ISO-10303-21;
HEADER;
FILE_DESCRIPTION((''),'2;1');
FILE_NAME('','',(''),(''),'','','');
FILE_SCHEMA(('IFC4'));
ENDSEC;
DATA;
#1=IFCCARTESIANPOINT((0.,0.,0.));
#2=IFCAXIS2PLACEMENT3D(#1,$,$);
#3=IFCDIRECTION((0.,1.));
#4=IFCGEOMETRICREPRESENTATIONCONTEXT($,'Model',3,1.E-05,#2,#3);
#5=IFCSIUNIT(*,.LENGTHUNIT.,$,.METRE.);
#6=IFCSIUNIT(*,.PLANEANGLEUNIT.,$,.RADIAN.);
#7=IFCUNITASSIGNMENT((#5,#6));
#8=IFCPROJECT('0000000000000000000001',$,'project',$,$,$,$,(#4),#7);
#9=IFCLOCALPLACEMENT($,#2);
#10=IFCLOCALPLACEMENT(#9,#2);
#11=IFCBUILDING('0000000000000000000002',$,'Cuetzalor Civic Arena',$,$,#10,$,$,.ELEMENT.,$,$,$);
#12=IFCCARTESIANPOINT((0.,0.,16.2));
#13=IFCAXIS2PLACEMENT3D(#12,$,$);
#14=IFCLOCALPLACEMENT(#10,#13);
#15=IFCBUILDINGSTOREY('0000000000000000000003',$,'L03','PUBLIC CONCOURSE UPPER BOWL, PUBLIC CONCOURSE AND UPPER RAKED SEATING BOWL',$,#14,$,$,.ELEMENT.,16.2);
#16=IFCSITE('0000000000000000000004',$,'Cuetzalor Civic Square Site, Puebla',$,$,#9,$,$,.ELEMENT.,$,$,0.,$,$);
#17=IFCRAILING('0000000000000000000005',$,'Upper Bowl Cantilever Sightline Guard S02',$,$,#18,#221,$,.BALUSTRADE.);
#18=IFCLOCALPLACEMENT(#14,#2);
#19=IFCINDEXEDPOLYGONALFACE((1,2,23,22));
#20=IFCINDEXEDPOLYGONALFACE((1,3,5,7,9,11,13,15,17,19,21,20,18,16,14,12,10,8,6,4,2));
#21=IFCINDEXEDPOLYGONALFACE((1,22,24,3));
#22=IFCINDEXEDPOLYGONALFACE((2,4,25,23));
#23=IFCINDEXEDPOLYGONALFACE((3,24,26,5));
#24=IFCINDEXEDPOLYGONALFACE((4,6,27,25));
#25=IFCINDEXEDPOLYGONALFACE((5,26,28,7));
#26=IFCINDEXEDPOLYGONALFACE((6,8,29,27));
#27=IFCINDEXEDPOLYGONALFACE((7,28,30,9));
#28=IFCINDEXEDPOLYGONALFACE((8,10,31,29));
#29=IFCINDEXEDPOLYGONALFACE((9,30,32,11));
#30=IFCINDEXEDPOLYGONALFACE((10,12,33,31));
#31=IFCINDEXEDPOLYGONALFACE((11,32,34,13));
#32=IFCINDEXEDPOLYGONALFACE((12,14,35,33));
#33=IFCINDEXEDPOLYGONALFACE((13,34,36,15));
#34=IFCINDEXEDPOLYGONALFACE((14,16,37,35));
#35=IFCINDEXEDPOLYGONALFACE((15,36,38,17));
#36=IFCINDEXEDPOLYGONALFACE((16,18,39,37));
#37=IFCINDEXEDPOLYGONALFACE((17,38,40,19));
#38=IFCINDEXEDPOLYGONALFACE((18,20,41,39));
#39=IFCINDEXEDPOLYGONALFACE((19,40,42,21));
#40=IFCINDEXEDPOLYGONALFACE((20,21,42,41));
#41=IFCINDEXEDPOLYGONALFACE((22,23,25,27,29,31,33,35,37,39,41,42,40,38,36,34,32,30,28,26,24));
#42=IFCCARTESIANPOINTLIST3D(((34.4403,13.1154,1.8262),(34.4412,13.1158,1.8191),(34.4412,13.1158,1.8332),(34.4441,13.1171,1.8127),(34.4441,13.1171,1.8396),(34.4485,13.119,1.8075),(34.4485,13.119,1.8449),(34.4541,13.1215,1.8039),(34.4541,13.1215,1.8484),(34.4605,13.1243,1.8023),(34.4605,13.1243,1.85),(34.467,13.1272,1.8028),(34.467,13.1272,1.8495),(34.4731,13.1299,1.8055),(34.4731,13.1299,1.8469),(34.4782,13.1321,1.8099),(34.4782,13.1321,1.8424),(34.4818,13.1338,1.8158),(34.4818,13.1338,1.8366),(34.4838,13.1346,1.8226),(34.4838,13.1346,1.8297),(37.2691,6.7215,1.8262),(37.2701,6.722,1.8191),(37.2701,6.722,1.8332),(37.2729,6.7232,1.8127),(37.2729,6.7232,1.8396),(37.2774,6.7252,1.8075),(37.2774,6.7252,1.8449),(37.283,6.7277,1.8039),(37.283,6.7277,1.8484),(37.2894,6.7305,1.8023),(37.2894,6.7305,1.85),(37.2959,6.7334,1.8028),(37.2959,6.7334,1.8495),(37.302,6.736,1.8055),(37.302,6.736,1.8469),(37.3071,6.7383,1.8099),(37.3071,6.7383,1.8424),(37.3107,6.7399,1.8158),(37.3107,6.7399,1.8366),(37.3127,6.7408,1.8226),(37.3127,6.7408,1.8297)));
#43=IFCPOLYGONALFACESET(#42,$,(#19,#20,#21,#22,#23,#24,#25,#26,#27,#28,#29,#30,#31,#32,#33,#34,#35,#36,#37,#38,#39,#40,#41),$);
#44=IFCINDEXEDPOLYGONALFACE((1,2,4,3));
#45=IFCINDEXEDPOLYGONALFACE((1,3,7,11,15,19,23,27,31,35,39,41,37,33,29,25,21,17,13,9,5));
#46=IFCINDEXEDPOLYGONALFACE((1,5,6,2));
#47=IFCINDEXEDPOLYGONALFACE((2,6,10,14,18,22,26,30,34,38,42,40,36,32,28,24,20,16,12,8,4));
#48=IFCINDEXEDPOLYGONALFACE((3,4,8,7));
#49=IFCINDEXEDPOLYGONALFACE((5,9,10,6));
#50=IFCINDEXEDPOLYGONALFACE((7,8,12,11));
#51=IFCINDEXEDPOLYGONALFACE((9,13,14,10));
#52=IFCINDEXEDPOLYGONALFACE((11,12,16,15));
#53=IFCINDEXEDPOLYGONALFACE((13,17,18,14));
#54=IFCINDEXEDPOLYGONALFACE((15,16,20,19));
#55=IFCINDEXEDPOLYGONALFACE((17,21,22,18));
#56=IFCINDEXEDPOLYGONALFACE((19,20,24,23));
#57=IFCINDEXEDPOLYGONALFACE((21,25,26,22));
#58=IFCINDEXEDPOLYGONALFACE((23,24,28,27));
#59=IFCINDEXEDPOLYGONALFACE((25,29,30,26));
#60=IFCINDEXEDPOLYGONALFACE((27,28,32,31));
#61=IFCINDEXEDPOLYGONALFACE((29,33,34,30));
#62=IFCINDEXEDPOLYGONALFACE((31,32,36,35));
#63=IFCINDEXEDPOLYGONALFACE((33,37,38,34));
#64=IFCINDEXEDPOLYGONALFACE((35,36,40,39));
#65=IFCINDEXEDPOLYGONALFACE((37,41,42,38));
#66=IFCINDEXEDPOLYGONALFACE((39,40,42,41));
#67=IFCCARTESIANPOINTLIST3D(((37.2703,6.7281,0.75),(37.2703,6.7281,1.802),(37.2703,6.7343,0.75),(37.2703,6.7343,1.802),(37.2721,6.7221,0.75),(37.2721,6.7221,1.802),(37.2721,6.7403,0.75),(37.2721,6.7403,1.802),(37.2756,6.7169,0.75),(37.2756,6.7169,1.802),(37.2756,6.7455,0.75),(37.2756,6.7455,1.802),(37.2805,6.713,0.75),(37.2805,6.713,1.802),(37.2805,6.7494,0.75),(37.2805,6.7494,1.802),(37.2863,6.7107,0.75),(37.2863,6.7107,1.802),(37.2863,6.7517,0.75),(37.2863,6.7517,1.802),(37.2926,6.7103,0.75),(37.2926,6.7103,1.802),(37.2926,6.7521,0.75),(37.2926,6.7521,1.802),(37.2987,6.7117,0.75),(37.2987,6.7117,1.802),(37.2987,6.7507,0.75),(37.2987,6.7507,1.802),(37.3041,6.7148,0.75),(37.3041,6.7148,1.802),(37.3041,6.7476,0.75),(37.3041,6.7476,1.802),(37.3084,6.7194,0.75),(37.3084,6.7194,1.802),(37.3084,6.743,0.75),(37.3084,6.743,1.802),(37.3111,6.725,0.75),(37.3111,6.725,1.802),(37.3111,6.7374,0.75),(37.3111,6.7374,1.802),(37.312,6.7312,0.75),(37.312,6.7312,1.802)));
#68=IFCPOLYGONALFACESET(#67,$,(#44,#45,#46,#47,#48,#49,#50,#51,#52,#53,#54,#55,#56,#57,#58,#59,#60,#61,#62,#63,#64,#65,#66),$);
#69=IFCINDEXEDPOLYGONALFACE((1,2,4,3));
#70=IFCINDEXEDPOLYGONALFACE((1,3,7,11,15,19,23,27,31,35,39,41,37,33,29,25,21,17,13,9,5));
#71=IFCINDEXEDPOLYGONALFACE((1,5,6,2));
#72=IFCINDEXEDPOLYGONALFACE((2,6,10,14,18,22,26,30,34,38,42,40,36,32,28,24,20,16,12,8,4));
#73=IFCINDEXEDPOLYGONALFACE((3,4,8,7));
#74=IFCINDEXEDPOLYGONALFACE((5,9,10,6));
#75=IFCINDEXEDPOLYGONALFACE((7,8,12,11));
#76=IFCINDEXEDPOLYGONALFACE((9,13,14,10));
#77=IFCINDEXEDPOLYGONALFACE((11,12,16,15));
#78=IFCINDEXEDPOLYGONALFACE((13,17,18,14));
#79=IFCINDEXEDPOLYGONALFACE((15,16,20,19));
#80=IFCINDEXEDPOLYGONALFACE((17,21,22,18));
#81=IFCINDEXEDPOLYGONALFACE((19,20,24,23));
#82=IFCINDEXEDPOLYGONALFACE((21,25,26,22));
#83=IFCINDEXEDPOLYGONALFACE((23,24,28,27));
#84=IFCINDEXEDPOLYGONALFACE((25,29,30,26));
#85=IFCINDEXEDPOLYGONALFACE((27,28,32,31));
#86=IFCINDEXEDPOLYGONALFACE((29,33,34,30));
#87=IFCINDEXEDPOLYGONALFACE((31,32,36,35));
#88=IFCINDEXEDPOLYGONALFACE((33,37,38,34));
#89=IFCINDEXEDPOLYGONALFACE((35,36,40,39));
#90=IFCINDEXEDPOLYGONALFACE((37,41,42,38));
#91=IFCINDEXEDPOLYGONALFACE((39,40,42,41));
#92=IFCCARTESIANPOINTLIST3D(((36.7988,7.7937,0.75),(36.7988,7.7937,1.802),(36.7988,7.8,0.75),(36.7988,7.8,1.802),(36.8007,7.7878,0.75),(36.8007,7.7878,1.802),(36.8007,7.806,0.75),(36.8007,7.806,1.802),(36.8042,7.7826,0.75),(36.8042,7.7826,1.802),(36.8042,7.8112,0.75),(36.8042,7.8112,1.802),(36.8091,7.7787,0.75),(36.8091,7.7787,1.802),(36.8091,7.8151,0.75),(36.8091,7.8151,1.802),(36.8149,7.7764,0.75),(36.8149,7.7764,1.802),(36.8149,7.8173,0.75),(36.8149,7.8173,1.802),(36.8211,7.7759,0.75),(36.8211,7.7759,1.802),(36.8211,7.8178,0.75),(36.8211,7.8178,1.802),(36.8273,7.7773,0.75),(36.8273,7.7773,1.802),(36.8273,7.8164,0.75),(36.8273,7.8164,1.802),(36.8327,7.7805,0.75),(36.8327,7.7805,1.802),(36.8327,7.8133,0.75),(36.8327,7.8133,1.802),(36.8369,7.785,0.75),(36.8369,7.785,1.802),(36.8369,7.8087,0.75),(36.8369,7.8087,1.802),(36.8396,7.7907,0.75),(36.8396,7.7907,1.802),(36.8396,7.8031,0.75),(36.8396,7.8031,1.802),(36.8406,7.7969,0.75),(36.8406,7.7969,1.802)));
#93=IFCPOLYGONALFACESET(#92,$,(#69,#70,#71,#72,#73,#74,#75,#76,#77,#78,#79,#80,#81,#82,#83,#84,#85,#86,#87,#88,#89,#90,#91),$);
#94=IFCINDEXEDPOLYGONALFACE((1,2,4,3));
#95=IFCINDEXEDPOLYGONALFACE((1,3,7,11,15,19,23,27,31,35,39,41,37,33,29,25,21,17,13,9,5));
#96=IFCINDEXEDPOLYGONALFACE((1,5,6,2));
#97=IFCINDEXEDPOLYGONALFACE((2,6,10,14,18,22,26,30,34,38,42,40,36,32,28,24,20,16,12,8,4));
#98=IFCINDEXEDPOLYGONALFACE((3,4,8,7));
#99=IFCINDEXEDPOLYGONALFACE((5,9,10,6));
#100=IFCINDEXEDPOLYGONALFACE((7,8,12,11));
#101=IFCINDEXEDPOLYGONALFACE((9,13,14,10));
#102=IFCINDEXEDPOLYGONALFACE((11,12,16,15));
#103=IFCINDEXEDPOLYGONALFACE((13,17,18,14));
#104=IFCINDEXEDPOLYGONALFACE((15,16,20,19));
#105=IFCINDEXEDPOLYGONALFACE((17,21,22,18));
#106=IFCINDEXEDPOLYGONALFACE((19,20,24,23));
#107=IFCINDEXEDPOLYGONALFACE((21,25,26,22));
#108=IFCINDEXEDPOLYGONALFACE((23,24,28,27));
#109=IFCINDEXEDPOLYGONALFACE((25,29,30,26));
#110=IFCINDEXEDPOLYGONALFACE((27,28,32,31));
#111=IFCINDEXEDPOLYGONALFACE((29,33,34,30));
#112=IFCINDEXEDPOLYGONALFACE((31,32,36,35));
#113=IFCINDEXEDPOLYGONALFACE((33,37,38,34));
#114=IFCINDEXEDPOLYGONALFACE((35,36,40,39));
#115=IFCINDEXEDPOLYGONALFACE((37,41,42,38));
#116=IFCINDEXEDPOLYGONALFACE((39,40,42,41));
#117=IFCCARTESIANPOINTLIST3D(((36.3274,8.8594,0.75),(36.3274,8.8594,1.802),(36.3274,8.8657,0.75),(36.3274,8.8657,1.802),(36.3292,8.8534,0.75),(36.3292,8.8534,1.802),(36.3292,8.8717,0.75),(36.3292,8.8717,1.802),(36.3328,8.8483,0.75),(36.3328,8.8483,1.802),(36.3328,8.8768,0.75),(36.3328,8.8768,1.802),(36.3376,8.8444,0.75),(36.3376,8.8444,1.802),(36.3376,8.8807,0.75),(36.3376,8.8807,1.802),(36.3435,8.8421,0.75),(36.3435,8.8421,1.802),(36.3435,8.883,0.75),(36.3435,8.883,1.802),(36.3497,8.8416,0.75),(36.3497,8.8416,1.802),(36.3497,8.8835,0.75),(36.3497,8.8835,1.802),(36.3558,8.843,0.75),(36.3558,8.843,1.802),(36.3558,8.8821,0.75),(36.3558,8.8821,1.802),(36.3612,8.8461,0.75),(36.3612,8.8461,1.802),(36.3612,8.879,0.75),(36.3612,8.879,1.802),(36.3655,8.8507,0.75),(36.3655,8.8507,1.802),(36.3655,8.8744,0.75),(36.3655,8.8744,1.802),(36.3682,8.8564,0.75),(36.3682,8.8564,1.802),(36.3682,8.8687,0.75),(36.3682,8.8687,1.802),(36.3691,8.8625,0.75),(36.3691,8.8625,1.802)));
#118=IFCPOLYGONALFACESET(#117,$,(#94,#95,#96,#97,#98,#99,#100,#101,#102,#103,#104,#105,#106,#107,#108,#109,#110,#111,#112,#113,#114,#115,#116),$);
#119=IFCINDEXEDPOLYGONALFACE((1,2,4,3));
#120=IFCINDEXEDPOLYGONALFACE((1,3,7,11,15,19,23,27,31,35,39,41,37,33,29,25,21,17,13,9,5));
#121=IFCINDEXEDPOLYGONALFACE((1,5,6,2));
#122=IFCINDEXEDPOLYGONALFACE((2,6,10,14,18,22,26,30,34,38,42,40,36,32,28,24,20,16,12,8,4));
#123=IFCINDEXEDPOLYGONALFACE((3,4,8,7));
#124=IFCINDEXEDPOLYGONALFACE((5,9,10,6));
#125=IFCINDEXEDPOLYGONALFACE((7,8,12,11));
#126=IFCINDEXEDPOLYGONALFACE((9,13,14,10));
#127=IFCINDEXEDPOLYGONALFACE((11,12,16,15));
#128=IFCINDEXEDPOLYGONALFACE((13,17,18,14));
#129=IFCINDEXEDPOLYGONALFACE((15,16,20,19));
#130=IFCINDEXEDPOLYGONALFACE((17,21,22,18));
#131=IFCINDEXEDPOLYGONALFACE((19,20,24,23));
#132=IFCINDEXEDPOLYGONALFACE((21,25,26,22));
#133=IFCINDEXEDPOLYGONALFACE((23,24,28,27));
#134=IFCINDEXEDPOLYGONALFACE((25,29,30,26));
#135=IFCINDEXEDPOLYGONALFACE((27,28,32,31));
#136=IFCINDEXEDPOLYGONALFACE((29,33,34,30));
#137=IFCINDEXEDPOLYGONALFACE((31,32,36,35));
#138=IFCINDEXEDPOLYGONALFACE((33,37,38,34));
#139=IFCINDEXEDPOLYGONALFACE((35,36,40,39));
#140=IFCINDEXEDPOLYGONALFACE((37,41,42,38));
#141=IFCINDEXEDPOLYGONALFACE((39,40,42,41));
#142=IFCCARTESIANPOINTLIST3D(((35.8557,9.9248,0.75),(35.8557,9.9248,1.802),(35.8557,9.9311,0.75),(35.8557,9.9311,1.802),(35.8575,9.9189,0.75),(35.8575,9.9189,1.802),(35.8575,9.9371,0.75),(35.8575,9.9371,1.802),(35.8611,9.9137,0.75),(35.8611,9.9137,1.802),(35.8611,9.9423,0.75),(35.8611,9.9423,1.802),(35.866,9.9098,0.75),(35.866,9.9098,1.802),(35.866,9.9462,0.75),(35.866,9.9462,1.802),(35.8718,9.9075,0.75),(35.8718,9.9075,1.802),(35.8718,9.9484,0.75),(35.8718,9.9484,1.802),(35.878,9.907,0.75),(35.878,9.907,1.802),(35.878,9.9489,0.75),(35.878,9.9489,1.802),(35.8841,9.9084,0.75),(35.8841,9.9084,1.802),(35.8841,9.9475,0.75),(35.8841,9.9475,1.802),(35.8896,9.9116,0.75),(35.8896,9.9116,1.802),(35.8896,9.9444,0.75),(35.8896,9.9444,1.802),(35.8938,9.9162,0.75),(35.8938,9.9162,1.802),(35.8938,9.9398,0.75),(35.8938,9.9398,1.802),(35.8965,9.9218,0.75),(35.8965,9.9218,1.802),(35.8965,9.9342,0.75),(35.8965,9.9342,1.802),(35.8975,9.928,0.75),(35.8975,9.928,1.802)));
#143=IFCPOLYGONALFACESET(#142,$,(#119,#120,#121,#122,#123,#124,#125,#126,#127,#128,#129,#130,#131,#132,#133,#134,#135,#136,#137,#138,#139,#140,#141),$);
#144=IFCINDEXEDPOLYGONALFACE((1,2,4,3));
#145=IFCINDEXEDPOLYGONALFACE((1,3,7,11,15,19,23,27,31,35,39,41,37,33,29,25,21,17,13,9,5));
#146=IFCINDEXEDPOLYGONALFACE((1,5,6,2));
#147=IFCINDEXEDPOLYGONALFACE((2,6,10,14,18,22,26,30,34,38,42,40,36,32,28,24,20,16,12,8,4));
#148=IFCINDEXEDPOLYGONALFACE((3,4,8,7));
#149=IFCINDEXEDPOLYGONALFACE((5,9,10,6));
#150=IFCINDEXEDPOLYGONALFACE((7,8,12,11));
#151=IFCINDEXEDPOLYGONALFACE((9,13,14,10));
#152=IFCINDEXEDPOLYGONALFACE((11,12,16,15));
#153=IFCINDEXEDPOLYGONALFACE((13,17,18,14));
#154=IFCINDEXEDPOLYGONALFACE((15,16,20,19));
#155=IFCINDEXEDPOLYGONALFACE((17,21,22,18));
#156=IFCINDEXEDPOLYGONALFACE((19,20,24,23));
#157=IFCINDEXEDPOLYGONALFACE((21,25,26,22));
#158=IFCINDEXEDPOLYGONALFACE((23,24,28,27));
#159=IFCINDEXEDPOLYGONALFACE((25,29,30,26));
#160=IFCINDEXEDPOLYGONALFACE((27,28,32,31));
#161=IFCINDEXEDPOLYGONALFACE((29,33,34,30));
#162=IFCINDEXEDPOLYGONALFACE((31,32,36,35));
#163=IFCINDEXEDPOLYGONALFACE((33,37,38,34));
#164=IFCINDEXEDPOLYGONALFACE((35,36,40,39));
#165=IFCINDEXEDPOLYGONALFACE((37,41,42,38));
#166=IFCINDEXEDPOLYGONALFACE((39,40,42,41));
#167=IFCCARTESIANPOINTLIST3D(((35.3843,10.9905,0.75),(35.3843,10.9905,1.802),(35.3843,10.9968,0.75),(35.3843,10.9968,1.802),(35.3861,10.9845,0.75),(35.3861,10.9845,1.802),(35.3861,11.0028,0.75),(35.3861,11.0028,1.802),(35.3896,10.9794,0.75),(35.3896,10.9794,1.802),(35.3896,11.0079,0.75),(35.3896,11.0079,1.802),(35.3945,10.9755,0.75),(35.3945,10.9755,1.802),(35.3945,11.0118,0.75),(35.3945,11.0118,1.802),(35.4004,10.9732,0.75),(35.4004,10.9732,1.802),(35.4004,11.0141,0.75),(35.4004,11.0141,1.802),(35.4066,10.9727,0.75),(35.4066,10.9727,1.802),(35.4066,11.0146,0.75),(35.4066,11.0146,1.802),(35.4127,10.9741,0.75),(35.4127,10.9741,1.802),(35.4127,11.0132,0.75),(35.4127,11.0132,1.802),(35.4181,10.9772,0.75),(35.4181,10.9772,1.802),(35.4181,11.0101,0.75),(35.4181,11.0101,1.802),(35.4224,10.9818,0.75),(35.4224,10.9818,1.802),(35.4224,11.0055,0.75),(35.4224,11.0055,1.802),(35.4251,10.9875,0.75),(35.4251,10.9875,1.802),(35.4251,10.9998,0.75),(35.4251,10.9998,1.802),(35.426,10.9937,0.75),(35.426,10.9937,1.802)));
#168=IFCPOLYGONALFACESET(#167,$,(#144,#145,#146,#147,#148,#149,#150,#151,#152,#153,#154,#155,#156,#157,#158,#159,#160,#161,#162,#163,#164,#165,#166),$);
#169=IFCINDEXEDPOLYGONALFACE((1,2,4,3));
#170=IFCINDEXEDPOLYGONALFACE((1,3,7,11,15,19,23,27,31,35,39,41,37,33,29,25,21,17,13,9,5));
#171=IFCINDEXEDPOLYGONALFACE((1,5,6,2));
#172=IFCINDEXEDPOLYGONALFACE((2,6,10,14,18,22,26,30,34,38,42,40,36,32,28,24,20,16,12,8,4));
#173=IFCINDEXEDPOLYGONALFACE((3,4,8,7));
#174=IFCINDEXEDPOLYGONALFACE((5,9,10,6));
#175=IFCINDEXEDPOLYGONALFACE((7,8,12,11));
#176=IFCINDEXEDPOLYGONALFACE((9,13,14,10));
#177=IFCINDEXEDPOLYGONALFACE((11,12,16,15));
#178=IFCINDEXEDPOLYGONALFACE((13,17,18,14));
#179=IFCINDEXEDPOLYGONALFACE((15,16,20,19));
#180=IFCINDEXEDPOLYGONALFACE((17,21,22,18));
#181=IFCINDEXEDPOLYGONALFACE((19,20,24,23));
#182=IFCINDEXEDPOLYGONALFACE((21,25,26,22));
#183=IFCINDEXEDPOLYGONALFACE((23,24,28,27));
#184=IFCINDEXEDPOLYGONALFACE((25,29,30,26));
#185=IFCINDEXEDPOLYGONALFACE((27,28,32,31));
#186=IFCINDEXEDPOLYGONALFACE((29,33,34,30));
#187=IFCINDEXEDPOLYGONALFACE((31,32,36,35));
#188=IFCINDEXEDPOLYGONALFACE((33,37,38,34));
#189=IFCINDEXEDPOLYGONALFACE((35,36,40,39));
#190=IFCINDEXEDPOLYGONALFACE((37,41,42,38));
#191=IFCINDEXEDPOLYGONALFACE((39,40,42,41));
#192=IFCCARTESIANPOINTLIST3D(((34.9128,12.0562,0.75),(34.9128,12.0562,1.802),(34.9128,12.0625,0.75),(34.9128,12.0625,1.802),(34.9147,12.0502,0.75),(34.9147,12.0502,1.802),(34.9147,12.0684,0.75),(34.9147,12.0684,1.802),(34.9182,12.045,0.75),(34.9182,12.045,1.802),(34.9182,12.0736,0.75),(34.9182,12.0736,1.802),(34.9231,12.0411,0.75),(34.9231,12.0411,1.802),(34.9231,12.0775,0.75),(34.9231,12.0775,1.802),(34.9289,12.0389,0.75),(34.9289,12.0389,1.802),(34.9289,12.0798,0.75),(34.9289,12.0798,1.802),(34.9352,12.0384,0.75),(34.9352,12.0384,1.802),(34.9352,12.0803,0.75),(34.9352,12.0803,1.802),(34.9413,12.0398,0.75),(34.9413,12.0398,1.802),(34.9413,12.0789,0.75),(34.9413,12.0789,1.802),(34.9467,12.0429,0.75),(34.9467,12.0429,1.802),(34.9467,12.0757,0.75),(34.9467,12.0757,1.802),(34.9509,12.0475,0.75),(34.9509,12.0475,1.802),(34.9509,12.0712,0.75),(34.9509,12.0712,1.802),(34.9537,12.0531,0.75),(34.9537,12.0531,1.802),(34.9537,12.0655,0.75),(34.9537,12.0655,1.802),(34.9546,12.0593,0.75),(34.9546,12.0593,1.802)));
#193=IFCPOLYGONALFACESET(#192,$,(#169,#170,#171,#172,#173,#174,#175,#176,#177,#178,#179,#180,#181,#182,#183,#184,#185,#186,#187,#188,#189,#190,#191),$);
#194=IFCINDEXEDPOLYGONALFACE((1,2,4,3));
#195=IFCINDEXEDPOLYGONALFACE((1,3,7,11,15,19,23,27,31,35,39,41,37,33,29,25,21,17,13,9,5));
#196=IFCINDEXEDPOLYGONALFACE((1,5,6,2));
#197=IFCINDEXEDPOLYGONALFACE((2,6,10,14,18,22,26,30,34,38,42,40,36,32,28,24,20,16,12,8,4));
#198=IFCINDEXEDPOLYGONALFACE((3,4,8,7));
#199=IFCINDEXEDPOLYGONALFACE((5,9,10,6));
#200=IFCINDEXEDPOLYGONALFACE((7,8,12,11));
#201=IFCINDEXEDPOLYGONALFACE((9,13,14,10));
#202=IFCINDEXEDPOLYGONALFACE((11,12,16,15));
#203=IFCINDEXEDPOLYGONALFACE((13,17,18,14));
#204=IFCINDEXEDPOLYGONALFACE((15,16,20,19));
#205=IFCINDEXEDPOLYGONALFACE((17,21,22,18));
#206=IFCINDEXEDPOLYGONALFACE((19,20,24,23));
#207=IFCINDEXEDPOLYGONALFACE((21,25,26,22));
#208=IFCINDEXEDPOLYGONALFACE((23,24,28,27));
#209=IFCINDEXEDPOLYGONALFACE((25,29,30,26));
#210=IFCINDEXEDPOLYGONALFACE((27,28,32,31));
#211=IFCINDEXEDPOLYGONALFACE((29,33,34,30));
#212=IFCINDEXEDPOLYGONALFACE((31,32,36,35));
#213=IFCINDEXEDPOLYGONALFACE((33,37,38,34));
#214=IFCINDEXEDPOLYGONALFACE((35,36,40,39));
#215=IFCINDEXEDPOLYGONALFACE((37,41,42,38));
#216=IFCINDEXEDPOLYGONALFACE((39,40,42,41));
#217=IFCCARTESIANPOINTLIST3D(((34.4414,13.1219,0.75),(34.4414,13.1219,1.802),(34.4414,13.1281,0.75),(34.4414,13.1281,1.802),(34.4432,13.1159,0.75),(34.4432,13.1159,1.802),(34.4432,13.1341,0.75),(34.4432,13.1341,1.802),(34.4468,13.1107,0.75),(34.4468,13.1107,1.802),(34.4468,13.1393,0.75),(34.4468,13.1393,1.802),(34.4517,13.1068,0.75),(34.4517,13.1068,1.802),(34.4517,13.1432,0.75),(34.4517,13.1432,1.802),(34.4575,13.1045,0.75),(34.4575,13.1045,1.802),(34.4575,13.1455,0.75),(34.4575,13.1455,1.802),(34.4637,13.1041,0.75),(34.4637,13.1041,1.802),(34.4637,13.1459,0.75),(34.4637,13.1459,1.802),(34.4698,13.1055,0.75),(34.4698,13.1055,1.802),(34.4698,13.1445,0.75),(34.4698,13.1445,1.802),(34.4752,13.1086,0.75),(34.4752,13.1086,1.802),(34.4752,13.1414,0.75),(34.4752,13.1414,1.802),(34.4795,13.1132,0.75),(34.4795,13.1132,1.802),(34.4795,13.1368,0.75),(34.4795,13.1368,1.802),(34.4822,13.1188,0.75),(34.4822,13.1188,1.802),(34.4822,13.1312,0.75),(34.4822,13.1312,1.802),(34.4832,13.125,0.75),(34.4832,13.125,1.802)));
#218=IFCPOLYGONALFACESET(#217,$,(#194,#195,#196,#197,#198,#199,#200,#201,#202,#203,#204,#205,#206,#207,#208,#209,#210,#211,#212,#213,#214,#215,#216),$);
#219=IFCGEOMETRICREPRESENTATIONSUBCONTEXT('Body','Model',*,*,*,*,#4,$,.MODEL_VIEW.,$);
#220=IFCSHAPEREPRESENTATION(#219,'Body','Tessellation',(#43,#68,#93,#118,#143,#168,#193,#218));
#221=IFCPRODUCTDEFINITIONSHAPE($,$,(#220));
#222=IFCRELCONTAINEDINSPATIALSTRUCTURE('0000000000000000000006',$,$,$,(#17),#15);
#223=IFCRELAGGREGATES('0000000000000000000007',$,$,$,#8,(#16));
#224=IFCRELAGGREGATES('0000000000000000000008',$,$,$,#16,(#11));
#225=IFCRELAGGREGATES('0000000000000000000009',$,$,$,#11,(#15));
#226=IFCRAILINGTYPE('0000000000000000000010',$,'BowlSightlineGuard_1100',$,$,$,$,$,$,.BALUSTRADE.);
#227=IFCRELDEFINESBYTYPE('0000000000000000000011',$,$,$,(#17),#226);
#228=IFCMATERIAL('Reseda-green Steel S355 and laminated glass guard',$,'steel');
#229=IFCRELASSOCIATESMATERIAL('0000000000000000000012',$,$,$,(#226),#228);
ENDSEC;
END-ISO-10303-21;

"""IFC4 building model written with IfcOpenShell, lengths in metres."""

from ifc_helpers import new_model, si_unit, direction, frame, origin, origin_2d, place, context, subcontext, project, spatial, circle, extrude, material, type_object, element, save


model = new_model("IFC4")

# Units and contexts
model_context = context("Model", 3, precision=1e-05, world=origin(), true_north=direction((0.0, 1.0)))
body_context = subcontext(model_context, "Body", "Model", "MODEL_VIEW")
ifc_project = project(units=[si_unit("LENGTHUNIT", "METRE"), si_unit("PLANEANGLEUNIT", "RADIAN")], contexts=[model_context])

# Site, building, storey
site_placement = place(None, origin())
site = spatial("IfcSite", under=ifc_project, at=site_placement, Name="Cuetzalor Civic Square Site, Puebla", CompositionType="ELEMENT", RefElevation=0.0)
building_placement = place(site_placement, origin())
building = spatial("IfcBuilding", under=site, at=building_placement, Name="Cuetzalor Civic Arena", CompositionType="ELEMENT")
storey_placement = place(building_placement, frame((0.0, 0.0, 16.2)))
storey = spatial("IfcBuildingStorey", under=building, at=storey_placement, Name="L03", Description="PUBLIC CONCOURSE UPPER BOWL, PUBLIC CONCOURSE AND UPPER RAKED SEATING BOWL", CompositionType="ELEMENT", Elevation=16.2)

# Railing
ifc_material_1 = material(Name="Reseda-green Steel S355 and laminated glass guard", Category="steel")
railing_type = type_object("IfcRailingType", Name="BowlSightlineGuard_1100", PredefinedType="BALUSTRADE", material=ifc_material_1)
railing_1_placement = place(storey_placement, frame((37.291, 6.7312, 0.75)))
element("IfcRailing", 1, at=railing_1_placement, inside=storey, type_object=railing_type, Name="Upper Bowl Cantilever Sightline Guard S02", PredefinedType="BALUSTRADE", context=body_context, shape_type="SweptSolid", body=[
    extrude(circle(Radius=0.0239, at=origin_2d()), frame((0.0, 0.0, 1.0762), z_axis=(-0.404605, 0.914491, 0.0), x_axis=(-0.914491, -0.404605, 0.0)), (0.0, 0.0, 1.0), 6.9917),
    extrude(circle(Radius=0.021, at=origin_2d()), origin(), (0.0, 0.0, 1.0), 1.052),
    extrude(circle(Radius=0.021, at=origin_2d()), frame((-0.4714, 1.0657, 0.0)), (0.0, 0.0, 1.0), 1.052),
    extrude(circle(Radius=0.021, at=origin_2d()), frame((-0.9429, 2.1313, 0.0)), (0.0, 0.0, 1.0), 1.052),
    extrude(circle(Radius=0.021, at=origin_2d()), frame((-1.4146, 3.1968, 0.0)), (0.0, 0.0, 1.0), 1.052),
    extrude(circle(Radius=0.021, at=origin_2d()), frame((-1.886, 4.2625, 0.0)), (0.0, 0.0, 1.0), 1.052),
    extrude(circle(Radius=0.021, at=origin_2d()), frame((-2.3574, 5.3281, 0.0)), (0.0, 0.0, 1.0), 1.052),
    extrude(circle(Radius=0.021, at=origin_2d()), frame((-2.8289, 6.3938, 0.0)), (0.0, 0.0, 1.0), 1.052),
])

save(model, "model.ifc")
